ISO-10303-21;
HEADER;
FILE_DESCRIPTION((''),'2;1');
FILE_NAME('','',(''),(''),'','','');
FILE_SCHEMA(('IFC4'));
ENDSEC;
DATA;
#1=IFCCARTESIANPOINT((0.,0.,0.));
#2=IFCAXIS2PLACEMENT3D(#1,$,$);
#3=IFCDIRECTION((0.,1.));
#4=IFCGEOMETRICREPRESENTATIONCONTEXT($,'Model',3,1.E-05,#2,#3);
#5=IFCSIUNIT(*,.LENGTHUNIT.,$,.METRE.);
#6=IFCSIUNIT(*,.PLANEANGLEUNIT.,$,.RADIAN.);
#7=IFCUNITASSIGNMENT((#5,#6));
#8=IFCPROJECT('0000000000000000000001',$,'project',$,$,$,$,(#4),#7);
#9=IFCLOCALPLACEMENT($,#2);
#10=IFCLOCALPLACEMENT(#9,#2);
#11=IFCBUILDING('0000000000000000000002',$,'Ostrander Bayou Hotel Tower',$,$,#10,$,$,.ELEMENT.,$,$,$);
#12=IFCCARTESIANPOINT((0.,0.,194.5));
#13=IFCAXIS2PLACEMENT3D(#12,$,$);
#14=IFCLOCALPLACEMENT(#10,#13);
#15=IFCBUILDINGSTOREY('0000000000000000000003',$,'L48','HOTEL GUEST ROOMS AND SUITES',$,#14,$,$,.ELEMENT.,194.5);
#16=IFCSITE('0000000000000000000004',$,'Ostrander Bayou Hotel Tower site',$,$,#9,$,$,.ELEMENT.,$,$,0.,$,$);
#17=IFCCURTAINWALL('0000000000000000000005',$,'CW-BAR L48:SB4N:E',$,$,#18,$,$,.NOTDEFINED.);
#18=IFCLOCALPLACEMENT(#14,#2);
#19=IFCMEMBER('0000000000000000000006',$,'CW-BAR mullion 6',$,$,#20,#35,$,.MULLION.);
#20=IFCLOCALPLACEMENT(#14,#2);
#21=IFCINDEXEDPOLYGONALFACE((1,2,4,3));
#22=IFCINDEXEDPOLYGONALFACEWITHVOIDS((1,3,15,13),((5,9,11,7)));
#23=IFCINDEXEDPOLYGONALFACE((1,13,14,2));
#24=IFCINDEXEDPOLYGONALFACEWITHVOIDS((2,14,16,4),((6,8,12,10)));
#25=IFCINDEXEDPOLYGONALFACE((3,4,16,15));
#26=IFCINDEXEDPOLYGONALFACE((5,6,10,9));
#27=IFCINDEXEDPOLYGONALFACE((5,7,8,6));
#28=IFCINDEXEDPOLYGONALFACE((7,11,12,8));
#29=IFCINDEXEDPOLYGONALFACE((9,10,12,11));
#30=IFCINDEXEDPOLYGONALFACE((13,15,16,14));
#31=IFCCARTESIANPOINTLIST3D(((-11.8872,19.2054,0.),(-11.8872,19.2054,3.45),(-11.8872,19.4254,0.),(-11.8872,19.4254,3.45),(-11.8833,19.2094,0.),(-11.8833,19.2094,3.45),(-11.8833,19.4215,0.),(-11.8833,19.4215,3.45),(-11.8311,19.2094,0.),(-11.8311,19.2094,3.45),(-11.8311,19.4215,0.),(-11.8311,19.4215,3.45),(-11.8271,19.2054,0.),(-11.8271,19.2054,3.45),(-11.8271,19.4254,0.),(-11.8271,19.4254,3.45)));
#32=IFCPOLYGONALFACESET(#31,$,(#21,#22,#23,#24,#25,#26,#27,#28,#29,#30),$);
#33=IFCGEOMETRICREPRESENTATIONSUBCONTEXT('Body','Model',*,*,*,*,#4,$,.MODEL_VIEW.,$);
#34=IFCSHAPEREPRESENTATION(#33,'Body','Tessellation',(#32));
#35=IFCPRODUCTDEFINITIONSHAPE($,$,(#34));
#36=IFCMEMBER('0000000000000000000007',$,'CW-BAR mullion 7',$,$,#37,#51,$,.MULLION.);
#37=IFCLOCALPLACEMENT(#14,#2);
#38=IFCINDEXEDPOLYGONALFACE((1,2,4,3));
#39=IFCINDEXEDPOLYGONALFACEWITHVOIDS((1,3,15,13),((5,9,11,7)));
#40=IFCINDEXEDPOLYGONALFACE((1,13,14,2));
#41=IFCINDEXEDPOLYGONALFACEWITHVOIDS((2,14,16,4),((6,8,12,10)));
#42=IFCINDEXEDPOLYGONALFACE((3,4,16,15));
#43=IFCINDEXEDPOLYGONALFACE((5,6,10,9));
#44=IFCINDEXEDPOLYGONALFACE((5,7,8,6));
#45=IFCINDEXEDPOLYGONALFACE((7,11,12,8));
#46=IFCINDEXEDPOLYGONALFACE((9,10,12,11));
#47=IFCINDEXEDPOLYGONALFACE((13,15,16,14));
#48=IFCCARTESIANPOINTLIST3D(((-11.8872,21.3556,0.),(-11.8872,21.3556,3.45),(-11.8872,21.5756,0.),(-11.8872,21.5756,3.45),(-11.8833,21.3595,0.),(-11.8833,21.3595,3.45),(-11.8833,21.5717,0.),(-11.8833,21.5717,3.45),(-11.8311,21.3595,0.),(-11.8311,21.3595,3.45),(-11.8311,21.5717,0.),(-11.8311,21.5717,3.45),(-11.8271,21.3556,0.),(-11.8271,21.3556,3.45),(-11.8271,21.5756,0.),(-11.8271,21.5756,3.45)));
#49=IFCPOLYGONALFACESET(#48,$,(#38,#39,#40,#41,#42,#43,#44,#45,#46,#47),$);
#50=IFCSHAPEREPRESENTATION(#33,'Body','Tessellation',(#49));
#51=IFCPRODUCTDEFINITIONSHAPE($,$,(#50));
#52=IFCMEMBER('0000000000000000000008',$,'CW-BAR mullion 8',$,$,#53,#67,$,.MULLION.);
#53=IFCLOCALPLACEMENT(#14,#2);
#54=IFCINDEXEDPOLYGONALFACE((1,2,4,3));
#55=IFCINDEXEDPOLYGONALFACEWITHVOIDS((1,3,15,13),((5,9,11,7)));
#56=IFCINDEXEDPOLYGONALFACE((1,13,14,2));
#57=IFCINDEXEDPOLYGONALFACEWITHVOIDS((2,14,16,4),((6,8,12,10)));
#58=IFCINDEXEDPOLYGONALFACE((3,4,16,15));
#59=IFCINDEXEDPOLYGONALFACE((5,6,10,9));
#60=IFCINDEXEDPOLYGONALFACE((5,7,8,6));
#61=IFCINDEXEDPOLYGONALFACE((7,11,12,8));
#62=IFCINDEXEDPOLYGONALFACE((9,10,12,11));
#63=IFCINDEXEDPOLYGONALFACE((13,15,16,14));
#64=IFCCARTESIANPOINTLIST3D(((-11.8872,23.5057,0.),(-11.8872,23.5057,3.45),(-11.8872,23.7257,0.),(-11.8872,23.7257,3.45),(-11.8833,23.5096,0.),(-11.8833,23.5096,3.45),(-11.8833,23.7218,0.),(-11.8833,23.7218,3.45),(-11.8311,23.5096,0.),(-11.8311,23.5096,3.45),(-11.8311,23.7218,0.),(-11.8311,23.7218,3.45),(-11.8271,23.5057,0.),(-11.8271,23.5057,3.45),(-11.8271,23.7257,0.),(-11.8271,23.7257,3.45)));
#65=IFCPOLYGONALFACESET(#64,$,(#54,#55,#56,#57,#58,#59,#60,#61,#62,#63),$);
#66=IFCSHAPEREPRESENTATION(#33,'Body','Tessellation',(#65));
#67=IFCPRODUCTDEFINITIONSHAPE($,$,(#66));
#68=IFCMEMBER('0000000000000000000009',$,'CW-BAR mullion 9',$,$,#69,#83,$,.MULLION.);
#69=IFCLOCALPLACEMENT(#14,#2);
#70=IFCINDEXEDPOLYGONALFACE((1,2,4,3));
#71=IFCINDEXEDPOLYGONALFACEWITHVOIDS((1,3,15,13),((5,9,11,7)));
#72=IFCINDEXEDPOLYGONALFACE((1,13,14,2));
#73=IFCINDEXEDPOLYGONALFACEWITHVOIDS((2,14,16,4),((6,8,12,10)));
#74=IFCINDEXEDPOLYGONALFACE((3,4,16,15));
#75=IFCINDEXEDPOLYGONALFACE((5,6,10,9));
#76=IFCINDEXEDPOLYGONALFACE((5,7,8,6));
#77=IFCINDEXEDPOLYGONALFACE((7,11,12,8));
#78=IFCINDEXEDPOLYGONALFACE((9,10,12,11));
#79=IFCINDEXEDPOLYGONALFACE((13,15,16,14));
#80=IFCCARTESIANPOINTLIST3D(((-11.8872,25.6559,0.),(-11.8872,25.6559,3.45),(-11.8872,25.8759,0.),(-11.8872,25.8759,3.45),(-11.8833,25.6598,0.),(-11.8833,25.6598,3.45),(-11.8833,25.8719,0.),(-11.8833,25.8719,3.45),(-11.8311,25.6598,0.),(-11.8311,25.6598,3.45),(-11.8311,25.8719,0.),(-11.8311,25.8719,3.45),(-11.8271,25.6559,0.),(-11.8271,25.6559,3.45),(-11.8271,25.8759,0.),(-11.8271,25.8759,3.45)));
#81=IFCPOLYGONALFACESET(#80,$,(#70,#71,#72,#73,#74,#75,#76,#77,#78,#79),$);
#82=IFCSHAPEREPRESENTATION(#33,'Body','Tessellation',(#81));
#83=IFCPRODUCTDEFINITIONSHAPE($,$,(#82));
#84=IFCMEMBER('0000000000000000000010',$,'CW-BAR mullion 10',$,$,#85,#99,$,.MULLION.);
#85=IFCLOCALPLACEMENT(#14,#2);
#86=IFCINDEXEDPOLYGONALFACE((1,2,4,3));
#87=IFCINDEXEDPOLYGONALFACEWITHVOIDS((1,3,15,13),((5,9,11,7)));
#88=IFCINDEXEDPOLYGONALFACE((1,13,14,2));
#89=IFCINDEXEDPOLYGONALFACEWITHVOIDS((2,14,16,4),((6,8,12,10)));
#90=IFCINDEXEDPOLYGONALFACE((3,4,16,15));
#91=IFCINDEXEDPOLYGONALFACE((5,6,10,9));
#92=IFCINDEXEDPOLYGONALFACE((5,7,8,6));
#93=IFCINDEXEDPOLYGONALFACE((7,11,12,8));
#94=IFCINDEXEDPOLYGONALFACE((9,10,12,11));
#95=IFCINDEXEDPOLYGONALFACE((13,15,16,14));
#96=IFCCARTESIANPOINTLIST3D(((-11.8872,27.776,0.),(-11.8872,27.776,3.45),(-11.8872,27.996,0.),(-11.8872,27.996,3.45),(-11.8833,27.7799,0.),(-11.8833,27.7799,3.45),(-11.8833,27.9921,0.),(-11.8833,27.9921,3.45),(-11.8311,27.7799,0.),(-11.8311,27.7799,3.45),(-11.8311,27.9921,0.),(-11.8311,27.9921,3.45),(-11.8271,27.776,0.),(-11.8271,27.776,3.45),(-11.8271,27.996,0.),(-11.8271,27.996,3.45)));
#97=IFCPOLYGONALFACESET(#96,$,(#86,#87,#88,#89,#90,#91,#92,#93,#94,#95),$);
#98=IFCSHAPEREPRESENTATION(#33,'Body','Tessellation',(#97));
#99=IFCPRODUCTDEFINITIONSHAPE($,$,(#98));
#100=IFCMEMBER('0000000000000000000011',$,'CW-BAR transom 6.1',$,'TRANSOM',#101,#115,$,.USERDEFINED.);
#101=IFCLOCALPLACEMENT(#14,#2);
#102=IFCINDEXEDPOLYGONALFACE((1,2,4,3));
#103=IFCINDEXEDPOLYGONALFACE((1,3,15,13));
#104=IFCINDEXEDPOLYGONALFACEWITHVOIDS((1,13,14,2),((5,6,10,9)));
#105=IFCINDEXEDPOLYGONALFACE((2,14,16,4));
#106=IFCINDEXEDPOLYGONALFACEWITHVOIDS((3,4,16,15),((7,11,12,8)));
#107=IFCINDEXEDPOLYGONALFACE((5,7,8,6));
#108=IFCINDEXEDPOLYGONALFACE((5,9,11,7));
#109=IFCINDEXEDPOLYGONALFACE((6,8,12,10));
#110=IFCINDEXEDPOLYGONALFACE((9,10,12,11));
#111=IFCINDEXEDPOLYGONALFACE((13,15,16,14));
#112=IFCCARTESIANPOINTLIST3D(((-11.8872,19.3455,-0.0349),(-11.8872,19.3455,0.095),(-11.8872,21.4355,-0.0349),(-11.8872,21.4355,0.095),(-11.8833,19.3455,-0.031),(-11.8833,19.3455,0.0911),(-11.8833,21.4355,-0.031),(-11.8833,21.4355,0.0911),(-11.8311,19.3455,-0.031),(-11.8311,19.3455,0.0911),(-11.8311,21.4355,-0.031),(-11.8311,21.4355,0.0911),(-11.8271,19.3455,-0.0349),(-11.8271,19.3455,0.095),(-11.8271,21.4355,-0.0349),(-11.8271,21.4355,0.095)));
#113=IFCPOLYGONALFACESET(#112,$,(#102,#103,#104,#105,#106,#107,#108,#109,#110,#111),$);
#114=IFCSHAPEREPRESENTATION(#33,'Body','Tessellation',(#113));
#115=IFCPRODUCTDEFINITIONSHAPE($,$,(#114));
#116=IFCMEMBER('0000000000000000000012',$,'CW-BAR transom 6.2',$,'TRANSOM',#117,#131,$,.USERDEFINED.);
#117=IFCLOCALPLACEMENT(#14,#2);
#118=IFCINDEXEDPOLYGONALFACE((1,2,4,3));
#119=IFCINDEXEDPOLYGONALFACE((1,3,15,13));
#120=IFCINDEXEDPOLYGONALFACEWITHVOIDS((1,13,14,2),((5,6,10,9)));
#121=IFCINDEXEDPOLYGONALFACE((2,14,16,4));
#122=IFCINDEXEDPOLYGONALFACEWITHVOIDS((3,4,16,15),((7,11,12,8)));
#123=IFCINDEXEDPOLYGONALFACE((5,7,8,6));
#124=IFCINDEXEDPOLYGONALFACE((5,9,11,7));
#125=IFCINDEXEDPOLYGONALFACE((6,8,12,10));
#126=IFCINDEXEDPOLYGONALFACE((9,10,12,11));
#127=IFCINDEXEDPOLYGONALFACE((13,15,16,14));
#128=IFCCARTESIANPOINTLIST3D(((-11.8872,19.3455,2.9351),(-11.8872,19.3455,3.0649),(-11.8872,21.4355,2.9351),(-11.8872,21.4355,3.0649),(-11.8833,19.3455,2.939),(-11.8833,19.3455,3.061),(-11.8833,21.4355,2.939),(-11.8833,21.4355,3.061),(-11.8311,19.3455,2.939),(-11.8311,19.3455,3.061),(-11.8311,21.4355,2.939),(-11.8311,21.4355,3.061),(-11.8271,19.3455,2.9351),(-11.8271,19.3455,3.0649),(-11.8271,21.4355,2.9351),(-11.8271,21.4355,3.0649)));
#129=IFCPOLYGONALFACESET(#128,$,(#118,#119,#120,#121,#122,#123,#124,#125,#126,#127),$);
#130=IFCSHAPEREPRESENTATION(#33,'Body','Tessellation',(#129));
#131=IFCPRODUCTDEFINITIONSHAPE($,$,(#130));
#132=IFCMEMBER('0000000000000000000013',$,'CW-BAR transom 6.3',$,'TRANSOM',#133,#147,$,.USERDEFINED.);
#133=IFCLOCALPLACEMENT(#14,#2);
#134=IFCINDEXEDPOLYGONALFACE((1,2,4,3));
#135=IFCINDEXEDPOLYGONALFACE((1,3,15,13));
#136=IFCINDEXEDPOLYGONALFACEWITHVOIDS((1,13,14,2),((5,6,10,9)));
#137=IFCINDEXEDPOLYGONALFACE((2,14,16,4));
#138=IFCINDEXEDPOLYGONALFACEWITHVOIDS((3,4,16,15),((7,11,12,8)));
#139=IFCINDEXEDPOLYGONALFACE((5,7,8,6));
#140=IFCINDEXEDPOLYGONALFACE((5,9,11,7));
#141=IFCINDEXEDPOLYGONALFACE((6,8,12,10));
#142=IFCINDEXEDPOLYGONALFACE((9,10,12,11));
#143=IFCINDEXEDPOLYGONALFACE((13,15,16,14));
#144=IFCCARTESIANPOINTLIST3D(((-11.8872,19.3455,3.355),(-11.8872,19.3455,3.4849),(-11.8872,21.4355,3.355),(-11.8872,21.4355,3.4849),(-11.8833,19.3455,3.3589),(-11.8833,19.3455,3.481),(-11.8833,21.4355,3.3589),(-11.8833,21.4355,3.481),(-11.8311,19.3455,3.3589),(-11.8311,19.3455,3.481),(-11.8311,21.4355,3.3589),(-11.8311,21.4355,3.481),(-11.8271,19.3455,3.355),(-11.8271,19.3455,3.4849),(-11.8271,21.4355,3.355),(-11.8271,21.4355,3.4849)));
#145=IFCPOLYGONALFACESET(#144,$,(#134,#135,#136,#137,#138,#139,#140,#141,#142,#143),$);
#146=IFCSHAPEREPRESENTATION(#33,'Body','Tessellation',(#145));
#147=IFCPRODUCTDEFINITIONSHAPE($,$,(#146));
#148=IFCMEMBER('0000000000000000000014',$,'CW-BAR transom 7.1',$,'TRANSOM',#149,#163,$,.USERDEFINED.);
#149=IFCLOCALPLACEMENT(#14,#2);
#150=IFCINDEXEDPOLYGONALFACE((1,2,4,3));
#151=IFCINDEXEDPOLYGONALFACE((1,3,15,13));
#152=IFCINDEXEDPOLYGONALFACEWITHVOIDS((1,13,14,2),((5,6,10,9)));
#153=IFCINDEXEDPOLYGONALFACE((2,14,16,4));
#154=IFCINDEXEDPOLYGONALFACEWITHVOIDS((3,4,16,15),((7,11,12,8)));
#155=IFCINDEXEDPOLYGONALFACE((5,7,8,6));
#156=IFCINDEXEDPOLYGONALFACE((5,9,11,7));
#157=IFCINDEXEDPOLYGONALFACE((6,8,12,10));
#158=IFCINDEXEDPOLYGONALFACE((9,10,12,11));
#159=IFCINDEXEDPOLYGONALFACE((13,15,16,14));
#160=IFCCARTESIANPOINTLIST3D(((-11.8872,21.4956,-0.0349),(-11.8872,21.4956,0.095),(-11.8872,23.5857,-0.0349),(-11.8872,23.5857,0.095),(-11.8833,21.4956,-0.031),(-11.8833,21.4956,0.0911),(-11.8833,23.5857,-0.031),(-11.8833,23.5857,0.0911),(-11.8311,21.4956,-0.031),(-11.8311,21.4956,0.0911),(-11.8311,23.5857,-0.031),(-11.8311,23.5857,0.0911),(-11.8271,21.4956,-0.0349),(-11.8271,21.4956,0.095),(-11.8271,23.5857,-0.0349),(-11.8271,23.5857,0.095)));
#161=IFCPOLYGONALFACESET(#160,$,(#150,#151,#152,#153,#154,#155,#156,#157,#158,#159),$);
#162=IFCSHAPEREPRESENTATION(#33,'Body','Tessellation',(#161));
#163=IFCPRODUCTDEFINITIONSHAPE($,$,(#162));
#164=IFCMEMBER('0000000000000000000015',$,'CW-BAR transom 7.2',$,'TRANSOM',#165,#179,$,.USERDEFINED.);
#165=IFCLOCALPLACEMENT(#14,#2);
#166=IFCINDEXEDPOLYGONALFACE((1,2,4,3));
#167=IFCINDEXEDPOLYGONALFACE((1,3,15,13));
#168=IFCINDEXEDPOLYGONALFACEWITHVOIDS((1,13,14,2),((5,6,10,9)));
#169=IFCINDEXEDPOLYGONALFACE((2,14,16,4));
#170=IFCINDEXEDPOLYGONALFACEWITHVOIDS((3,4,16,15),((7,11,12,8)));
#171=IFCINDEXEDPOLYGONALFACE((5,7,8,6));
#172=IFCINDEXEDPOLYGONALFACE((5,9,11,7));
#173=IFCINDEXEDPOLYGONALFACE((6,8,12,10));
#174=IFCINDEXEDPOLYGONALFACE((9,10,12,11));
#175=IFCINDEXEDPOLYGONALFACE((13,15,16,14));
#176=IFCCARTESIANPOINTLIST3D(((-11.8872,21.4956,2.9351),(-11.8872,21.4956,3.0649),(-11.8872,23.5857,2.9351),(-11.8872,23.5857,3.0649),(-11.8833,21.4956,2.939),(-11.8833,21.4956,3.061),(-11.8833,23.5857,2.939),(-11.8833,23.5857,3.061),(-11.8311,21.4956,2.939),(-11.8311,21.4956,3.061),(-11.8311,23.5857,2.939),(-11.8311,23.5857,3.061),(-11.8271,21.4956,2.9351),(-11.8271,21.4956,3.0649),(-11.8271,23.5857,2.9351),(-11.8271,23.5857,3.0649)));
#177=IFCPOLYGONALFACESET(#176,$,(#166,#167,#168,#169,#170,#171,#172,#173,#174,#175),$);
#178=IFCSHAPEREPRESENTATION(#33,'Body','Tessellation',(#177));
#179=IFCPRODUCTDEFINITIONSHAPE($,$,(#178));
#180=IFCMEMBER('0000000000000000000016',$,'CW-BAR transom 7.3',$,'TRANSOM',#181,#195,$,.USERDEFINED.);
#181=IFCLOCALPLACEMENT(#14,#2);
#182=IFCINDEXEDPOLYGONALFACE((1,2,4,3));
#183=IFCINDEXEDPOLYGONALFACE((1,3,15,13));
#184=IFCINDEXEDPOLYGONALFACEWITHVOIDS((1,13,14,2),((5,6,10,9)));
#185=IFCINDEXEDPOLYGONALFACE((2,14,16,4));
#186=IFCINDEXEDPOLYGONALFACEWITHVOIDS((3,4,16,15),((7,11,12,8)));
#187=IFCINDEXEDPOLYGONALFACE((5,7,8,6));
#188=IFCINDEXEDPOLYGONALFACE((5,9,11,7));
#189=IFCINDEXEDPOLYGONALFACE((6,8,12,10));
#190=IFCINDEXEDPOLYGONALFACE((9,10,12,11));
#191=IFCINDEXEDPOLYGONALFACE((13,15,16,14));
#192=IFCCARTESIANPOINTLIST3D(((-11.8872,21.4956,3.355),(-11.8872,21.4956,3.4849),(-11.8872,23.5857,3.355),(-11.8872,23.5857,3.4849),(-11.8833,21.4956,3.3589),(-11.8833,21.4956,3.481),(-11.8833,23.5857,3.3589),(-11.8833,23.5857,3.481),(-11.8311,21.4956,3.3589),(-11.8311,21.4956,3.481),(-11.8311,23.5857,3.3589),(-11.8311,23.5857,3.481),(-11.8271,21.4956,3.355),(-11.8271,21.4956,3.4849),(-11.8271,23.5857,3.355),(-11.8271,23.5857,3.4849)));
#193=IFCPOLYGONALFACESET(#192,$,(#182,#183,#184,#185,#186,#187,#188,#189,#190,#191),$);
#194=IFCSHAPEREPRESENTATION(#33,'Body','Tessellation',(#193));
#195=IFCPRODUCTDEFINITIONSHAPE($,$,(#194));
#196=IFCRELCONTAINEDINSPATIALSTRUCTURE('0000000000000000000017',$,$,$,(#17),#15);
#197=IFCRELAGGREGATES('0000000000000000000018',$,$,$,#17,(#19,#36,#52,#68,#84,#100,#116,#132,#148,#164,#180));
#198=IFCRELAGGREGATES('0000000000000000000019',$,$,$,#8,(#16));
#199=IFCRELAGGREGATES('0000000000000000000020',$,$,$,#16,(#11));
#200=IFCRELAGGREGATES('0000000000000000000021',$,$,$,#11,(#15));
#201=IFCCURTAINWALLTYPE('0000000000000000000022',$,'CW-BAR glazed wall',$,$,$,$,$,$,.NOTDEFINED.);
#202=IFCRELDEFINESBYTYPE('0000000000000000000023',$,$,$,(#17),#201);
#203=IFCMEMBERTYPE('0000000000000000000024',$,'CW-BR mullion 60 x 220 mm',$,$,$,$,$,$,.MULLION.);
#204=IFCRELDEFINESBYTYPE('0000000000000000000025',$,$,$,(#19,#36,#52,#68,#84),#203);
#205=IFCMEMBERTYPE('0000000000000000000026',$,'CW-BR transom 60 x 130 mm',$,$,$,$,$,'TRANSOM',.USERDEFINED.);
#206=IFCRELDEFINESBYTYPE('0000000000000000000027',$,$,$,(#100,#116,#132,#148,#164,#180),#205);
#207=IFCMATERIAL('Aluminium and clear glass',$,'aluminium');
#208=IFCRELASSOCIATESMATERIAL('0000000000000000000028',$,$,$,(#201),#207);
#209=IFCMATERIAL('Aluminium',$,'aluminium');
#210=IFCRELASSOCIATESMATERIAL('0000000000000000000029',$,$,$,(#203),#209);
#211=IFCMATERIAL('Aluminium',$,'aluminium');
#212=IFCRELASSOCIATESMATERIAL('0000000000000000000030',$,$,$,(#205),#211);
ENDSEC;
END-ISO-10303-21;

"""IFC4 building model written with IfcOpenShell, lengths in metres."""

from ifc_helpers import new_model, si_unit, direction, frame, origin, origin_2d, place, context, subcontext, project, spatial, hollow_rectangle, extrude, material, material_profile, profile_set, type_object, element, aggregate, save


model = new_model("IFC4")

# Units and contexts
model_context = context("Model", 3, precision=1e-05, world=origin(), true_north=direction((0.0, 1.0)))
body_context = subcontext(model_context, "Body", "Model", "MODEL_VIEW")
ifc_project = project(units=[si_unit("LENGTHUNIT", "METRE"), si_unit("PLANEANGLEUNIT", "RADIAN")], contexts=[model_context])

# Site, building, storey
site_placement = place(None, origin())
site = spatial("IfcSite", under=ifc_project, at=site_placement, Name="Ostrander Bayou Hotel Tower site", CompositionType="ELEMENT", RefElevation=0.0)
building_placement = place(site_placement, origin())
building = spatial("IfcBuilding", under=site, at=building_placement, Name="Ostrander Bayou Hotel Tower", CompositionType="ELEMENT")
storey_placement = place(building_placement, frame((0.0, 0.0, 194.5)))
storey = spatial("IfcBuildingStorey", under=building, at=storey_placement, Name="L48", Description="HOTEL GUEST ROOMS AND SUITES", CompositionType="ELEMENT", Elevation=194.5)

# Curtain wall, members
ifc_material_1 = material(Name="Aluminium and clear glass", Category="aluminium")
curtain_wall_type = type_object("IfcCurtainWallType", Name="CW-BAR glazed wall", PredefinedType="NOTDEFINED", material=ifc_material_1)
curtain_wall_placement = place(storey_placement, origin())
curtain_wall = element("IfcCurtainWall", 1, at=curtain_wall_placement, inside=storey, type_object=curtain_wall_type, Name="CW-BAR L48:SB4N:E", PredefinedType="NOTDEFINED")
ifc_material_2 = material(Name="Aluminium", Category="aluminium")
ifc_material_profile_1 = material_profile(ifc_material_2, hollow_rectangle(XDim=0.0601, YDim=0.22, WallThickness=0.0039, at=origin_2d()))
ifc_profile_set_1 = profile_set([ifc_material_profile_1], Name="Aluminium")
member_type_1 = type_object("IfcMemberType", Name="CW-BR mullion 60 x 220 mm", PredefinedType="MULLION", material=ifc_profile_set_1)
member_1_placement = place(storey_placement, frame((-11.8572, 19.3154, 0.0), z_axis=(0.0, 0.0, 1.0), x_axis=(-1.0, 0.0, 0.0)))
member_1 = element("IfcMember", 2, at=member_1_placement, type_object=member_type_1, Name="CW-BAR mullion 6", PredefinedType="MULLION", context=body_context, shape_type="SweptSolid", body=[
    extrude(hollow_rectangle(XDim=0.0601, YDim=0.22, WallThickness=0.0039, at=origin_2d()), origin(), (0.0, 0.0, 1.0), 3.45),
])
member_2_placement = place(storey_placement, frame((-11.8572, 21.4656, 0.0), z_axis=(0.0, 0.0, 1.0), x_axis=(-1.0, 0.0, 0.0)))
member_2 = element("IfcMember", 3, at=member_2_placement, type_object=member_type_1, Name="CW-BAR mullion 7", PredefinedType="MULLION", context=body_context, shape_type="SweptSolid", body=[
    extrude(hollow_rectangle(XDim=0.0601, YDim=0.22, WallThickness=0.0039, at=origin_2d()), origin(), (0.0, 0.0, 1.0), 3.45),
])
member_3_placement = place(storey_placement, frame((-11.8572, 23.6157, 0.0), z_axis=(0.0, 0.0, 1.0), x_axis=(-1.0, 0.0, 0.0)))
member_3 = element("IfcMember", 4, at=member_3_placement, type_object=member_type_1, Name="CW-BAR mullion 8", PredefinedType="MULLION", context=body_context, shape_type="SweptSolid", body=[
    extrude(hollow_rectangle(XDim=0.0601, YDim=0.22, WallThickness=0.0039, at=origin_2d()), origin(), (0.0, 0.0, 1.0), 3.45),
])
member_4_placement = place(storey_placement, frame((-11.8572, 25.7659, 0.0), z_axis=(0.0, 0.0, 1.0), x_axis=(-1.0, 0.0, 0.0)))
member_4 = element("IfcMember", 5, at=member_4_placement, type_object=member_type_1, Name="CW-BAR mullion 9", PredefinedType="MULLION", context=body_context, shape_type="SweptSolid", body=[
    extrude(hollow_rectangle(XDim=0.0601, YDim=0.22, WallThickness=0.0039, at=origin_2d()), origin(), (0.0, 0.0, 1.0), 3.45),
])
member_5_placement = place(storey_placement, frame((-11.8572, 27.886, 0.0), z_axis=(0.0, 0.0, 1.0), x_axis=(-1.0, 0.0, 0.0)))
member_5 = element("IfcMember", 6, at=member_5_placement, type_object=member_type_1, Name="CW-BAR mullion 10", PredefinedType="MULLION", context=body_context, shape_type="SweptSolid", body=[
    extrude(hollow_rectangle(XDim=0.0601, YDim=0.22, WallThickness=0.0039, at=origin_2d()), origin(), (0.0, 0.0, 1.0), 3.45),
])
ifc_material_3 = material(Name="Aluminium", Category="aluminium")
ifc_material_profile_2 = material_profile(ifc_material_3, hollow_rectangle(XDim=0.0601, YDim=0.1299, WallThickness=0.0039, at=origin_2d()))
ifc_profile_set_2 = profile_set([ifc_material_profile_2], Name="Aluminium")
member_type_2 = type_object("IfcMemberType", Name="CW-BR transom 60 x 130 mm", ElementType="TRANSOM", PredefinedType="USERDEFINED", material=ifc_profile_set_2)
member_6_placement = place(storey_placement, frame((-11.8572, 19.3455, 0.03), z_axis=(0.0, 1.0, 0.0), x_axis=(-1.0, 0.0, 0.0)))
member_6 = element("IfcMember", 7, at=member_6_placement, type_object=member_type_2, Name="CW-BAR transom 6.1", ObjectType="TRANSOM", PredefinedType="USERDEFINED", context=body_context, shape_type="SweptSolid", body=[
    extrude(hollow_rectangle(XDim=0.0601, YDim=0.1299, WallThickness=0.0039, at=origin_2d()), origin(), (0.0, 0.0, 1.0), 2.0901),
])
member_7_placement = place(storey_placement, frame((-11.8572, 19.3455, 3.0), z_axis=(0.0, 1.0, 0.0), x_axis=(-1.0, 0.0, 0.0)))
member_7 = element("IfcMember", 8, at=member_7_placement, type_object=member_type_2, Name="CW-BAR transom 6.2", ObjectType="TRANSOM", PredefinedType="USERDEFINED", context=body_context, shape_type="SweptSolid", body=[
    extrude(hollow_rectangle(XDim=0.0601, YDim=0.1299, WallThickness=0.0039, at=origin_2d()), origin(), (0.0, 0.0, 1.0), 2.0901),
])
member_8_placement = place(storey_placement, frame((-11.8572, 19.3455, 3.4199), z_axis=(0.0, 1.0, 0.0), x_axis=(-1.0, 0.0, 0.0)))
member_8 = element("IfcMember", 9, at=member_8_placement, type_object=member_type_2, Name="CW-BAR transom 6.3", ObjectType="TRANSOM", PredefinedType="USERDEFINED", context=body_context, shape_type="SweptSolid", body=[
    extrude(hollow_rectangle(XDim=0.0601, YDim=0.1299, WallThickness=0.0039, at=origin_2d()), origin(), (0.0, 0.0, 1.0), 2.0901),
])
member_9_placement = place(storey_placement, frame((-11.8572, 21.4956, 0.03), z_axis=(0.0, 1.0, 0.0), x_axis=(-1.0, 0.0, 0.0)))
member_9 = element("IfcMember", 10, at=member_9_placement, type_object=member_type_2, Name="CW-BAR transom 7.1", ObjectType="TRANSOM", PredefinedType="USERDEFINED", context=body_context, shape_type="SweptSolid", body=[
    extrude(hollow_rectangle(XDim=0.0601, YDim=0.1299, WallThickness=0.0039, at=origin_2d()), origin(), (0.0, 0.0, 1.0), 2.0901),
])
member_10_placement = place(storey_placement, frame((-11.8572, 21.4956, 3.0), z_axis=(0.0, 1.0, 0.0), x_axis=(-1.0, 0.0, 0.0)))
member_10 = element("IfcMember", 11, at=member_10_placement, type_object=member_type_2, Name="CW-BAR transom 7.2", ObjectType="TRANSOM", PredefinedType="USERDEFINED", context=body_context, shape_type="SweptSolid", body=[
    extrude(hollow_rectangle(XDim=0.0601, YDim=0.1299, WallThickness=0.0039, at=origin_2d()), origin(), (0.0, 0.0, 1.0), 2.0901),
])
member_11_placement = place(storey_placement, frame((-11.8572, 21.4956, 3.4199), z_axis=(0.0, 1.0, 0.0), x_axis=(-1.0, 0.0, 0.0)))
member_11 = element("IfcMember", 12, at=member_11_placement, type_object=member_type_2, Name="CW-BAR transom 7.3", ObjectType="TRANSOM", PredefinedType="USERDEFINED", context=body_context, shape_type="SweptSolid", body=[
    extrude(hollow_rectangle(XDim=0.0601, YDim=0.1299, WallThickness=0.0039, at=origin_2d()), origin(), (0.0, 0.0, 1.0), 2.0901),
])

aggregate(curtain_wall, [member_1, member_2, member_3, member_4, member_5, member_6, member_7, member_8, member_9, member_10, member_11])

save(model, "model.ifc")
